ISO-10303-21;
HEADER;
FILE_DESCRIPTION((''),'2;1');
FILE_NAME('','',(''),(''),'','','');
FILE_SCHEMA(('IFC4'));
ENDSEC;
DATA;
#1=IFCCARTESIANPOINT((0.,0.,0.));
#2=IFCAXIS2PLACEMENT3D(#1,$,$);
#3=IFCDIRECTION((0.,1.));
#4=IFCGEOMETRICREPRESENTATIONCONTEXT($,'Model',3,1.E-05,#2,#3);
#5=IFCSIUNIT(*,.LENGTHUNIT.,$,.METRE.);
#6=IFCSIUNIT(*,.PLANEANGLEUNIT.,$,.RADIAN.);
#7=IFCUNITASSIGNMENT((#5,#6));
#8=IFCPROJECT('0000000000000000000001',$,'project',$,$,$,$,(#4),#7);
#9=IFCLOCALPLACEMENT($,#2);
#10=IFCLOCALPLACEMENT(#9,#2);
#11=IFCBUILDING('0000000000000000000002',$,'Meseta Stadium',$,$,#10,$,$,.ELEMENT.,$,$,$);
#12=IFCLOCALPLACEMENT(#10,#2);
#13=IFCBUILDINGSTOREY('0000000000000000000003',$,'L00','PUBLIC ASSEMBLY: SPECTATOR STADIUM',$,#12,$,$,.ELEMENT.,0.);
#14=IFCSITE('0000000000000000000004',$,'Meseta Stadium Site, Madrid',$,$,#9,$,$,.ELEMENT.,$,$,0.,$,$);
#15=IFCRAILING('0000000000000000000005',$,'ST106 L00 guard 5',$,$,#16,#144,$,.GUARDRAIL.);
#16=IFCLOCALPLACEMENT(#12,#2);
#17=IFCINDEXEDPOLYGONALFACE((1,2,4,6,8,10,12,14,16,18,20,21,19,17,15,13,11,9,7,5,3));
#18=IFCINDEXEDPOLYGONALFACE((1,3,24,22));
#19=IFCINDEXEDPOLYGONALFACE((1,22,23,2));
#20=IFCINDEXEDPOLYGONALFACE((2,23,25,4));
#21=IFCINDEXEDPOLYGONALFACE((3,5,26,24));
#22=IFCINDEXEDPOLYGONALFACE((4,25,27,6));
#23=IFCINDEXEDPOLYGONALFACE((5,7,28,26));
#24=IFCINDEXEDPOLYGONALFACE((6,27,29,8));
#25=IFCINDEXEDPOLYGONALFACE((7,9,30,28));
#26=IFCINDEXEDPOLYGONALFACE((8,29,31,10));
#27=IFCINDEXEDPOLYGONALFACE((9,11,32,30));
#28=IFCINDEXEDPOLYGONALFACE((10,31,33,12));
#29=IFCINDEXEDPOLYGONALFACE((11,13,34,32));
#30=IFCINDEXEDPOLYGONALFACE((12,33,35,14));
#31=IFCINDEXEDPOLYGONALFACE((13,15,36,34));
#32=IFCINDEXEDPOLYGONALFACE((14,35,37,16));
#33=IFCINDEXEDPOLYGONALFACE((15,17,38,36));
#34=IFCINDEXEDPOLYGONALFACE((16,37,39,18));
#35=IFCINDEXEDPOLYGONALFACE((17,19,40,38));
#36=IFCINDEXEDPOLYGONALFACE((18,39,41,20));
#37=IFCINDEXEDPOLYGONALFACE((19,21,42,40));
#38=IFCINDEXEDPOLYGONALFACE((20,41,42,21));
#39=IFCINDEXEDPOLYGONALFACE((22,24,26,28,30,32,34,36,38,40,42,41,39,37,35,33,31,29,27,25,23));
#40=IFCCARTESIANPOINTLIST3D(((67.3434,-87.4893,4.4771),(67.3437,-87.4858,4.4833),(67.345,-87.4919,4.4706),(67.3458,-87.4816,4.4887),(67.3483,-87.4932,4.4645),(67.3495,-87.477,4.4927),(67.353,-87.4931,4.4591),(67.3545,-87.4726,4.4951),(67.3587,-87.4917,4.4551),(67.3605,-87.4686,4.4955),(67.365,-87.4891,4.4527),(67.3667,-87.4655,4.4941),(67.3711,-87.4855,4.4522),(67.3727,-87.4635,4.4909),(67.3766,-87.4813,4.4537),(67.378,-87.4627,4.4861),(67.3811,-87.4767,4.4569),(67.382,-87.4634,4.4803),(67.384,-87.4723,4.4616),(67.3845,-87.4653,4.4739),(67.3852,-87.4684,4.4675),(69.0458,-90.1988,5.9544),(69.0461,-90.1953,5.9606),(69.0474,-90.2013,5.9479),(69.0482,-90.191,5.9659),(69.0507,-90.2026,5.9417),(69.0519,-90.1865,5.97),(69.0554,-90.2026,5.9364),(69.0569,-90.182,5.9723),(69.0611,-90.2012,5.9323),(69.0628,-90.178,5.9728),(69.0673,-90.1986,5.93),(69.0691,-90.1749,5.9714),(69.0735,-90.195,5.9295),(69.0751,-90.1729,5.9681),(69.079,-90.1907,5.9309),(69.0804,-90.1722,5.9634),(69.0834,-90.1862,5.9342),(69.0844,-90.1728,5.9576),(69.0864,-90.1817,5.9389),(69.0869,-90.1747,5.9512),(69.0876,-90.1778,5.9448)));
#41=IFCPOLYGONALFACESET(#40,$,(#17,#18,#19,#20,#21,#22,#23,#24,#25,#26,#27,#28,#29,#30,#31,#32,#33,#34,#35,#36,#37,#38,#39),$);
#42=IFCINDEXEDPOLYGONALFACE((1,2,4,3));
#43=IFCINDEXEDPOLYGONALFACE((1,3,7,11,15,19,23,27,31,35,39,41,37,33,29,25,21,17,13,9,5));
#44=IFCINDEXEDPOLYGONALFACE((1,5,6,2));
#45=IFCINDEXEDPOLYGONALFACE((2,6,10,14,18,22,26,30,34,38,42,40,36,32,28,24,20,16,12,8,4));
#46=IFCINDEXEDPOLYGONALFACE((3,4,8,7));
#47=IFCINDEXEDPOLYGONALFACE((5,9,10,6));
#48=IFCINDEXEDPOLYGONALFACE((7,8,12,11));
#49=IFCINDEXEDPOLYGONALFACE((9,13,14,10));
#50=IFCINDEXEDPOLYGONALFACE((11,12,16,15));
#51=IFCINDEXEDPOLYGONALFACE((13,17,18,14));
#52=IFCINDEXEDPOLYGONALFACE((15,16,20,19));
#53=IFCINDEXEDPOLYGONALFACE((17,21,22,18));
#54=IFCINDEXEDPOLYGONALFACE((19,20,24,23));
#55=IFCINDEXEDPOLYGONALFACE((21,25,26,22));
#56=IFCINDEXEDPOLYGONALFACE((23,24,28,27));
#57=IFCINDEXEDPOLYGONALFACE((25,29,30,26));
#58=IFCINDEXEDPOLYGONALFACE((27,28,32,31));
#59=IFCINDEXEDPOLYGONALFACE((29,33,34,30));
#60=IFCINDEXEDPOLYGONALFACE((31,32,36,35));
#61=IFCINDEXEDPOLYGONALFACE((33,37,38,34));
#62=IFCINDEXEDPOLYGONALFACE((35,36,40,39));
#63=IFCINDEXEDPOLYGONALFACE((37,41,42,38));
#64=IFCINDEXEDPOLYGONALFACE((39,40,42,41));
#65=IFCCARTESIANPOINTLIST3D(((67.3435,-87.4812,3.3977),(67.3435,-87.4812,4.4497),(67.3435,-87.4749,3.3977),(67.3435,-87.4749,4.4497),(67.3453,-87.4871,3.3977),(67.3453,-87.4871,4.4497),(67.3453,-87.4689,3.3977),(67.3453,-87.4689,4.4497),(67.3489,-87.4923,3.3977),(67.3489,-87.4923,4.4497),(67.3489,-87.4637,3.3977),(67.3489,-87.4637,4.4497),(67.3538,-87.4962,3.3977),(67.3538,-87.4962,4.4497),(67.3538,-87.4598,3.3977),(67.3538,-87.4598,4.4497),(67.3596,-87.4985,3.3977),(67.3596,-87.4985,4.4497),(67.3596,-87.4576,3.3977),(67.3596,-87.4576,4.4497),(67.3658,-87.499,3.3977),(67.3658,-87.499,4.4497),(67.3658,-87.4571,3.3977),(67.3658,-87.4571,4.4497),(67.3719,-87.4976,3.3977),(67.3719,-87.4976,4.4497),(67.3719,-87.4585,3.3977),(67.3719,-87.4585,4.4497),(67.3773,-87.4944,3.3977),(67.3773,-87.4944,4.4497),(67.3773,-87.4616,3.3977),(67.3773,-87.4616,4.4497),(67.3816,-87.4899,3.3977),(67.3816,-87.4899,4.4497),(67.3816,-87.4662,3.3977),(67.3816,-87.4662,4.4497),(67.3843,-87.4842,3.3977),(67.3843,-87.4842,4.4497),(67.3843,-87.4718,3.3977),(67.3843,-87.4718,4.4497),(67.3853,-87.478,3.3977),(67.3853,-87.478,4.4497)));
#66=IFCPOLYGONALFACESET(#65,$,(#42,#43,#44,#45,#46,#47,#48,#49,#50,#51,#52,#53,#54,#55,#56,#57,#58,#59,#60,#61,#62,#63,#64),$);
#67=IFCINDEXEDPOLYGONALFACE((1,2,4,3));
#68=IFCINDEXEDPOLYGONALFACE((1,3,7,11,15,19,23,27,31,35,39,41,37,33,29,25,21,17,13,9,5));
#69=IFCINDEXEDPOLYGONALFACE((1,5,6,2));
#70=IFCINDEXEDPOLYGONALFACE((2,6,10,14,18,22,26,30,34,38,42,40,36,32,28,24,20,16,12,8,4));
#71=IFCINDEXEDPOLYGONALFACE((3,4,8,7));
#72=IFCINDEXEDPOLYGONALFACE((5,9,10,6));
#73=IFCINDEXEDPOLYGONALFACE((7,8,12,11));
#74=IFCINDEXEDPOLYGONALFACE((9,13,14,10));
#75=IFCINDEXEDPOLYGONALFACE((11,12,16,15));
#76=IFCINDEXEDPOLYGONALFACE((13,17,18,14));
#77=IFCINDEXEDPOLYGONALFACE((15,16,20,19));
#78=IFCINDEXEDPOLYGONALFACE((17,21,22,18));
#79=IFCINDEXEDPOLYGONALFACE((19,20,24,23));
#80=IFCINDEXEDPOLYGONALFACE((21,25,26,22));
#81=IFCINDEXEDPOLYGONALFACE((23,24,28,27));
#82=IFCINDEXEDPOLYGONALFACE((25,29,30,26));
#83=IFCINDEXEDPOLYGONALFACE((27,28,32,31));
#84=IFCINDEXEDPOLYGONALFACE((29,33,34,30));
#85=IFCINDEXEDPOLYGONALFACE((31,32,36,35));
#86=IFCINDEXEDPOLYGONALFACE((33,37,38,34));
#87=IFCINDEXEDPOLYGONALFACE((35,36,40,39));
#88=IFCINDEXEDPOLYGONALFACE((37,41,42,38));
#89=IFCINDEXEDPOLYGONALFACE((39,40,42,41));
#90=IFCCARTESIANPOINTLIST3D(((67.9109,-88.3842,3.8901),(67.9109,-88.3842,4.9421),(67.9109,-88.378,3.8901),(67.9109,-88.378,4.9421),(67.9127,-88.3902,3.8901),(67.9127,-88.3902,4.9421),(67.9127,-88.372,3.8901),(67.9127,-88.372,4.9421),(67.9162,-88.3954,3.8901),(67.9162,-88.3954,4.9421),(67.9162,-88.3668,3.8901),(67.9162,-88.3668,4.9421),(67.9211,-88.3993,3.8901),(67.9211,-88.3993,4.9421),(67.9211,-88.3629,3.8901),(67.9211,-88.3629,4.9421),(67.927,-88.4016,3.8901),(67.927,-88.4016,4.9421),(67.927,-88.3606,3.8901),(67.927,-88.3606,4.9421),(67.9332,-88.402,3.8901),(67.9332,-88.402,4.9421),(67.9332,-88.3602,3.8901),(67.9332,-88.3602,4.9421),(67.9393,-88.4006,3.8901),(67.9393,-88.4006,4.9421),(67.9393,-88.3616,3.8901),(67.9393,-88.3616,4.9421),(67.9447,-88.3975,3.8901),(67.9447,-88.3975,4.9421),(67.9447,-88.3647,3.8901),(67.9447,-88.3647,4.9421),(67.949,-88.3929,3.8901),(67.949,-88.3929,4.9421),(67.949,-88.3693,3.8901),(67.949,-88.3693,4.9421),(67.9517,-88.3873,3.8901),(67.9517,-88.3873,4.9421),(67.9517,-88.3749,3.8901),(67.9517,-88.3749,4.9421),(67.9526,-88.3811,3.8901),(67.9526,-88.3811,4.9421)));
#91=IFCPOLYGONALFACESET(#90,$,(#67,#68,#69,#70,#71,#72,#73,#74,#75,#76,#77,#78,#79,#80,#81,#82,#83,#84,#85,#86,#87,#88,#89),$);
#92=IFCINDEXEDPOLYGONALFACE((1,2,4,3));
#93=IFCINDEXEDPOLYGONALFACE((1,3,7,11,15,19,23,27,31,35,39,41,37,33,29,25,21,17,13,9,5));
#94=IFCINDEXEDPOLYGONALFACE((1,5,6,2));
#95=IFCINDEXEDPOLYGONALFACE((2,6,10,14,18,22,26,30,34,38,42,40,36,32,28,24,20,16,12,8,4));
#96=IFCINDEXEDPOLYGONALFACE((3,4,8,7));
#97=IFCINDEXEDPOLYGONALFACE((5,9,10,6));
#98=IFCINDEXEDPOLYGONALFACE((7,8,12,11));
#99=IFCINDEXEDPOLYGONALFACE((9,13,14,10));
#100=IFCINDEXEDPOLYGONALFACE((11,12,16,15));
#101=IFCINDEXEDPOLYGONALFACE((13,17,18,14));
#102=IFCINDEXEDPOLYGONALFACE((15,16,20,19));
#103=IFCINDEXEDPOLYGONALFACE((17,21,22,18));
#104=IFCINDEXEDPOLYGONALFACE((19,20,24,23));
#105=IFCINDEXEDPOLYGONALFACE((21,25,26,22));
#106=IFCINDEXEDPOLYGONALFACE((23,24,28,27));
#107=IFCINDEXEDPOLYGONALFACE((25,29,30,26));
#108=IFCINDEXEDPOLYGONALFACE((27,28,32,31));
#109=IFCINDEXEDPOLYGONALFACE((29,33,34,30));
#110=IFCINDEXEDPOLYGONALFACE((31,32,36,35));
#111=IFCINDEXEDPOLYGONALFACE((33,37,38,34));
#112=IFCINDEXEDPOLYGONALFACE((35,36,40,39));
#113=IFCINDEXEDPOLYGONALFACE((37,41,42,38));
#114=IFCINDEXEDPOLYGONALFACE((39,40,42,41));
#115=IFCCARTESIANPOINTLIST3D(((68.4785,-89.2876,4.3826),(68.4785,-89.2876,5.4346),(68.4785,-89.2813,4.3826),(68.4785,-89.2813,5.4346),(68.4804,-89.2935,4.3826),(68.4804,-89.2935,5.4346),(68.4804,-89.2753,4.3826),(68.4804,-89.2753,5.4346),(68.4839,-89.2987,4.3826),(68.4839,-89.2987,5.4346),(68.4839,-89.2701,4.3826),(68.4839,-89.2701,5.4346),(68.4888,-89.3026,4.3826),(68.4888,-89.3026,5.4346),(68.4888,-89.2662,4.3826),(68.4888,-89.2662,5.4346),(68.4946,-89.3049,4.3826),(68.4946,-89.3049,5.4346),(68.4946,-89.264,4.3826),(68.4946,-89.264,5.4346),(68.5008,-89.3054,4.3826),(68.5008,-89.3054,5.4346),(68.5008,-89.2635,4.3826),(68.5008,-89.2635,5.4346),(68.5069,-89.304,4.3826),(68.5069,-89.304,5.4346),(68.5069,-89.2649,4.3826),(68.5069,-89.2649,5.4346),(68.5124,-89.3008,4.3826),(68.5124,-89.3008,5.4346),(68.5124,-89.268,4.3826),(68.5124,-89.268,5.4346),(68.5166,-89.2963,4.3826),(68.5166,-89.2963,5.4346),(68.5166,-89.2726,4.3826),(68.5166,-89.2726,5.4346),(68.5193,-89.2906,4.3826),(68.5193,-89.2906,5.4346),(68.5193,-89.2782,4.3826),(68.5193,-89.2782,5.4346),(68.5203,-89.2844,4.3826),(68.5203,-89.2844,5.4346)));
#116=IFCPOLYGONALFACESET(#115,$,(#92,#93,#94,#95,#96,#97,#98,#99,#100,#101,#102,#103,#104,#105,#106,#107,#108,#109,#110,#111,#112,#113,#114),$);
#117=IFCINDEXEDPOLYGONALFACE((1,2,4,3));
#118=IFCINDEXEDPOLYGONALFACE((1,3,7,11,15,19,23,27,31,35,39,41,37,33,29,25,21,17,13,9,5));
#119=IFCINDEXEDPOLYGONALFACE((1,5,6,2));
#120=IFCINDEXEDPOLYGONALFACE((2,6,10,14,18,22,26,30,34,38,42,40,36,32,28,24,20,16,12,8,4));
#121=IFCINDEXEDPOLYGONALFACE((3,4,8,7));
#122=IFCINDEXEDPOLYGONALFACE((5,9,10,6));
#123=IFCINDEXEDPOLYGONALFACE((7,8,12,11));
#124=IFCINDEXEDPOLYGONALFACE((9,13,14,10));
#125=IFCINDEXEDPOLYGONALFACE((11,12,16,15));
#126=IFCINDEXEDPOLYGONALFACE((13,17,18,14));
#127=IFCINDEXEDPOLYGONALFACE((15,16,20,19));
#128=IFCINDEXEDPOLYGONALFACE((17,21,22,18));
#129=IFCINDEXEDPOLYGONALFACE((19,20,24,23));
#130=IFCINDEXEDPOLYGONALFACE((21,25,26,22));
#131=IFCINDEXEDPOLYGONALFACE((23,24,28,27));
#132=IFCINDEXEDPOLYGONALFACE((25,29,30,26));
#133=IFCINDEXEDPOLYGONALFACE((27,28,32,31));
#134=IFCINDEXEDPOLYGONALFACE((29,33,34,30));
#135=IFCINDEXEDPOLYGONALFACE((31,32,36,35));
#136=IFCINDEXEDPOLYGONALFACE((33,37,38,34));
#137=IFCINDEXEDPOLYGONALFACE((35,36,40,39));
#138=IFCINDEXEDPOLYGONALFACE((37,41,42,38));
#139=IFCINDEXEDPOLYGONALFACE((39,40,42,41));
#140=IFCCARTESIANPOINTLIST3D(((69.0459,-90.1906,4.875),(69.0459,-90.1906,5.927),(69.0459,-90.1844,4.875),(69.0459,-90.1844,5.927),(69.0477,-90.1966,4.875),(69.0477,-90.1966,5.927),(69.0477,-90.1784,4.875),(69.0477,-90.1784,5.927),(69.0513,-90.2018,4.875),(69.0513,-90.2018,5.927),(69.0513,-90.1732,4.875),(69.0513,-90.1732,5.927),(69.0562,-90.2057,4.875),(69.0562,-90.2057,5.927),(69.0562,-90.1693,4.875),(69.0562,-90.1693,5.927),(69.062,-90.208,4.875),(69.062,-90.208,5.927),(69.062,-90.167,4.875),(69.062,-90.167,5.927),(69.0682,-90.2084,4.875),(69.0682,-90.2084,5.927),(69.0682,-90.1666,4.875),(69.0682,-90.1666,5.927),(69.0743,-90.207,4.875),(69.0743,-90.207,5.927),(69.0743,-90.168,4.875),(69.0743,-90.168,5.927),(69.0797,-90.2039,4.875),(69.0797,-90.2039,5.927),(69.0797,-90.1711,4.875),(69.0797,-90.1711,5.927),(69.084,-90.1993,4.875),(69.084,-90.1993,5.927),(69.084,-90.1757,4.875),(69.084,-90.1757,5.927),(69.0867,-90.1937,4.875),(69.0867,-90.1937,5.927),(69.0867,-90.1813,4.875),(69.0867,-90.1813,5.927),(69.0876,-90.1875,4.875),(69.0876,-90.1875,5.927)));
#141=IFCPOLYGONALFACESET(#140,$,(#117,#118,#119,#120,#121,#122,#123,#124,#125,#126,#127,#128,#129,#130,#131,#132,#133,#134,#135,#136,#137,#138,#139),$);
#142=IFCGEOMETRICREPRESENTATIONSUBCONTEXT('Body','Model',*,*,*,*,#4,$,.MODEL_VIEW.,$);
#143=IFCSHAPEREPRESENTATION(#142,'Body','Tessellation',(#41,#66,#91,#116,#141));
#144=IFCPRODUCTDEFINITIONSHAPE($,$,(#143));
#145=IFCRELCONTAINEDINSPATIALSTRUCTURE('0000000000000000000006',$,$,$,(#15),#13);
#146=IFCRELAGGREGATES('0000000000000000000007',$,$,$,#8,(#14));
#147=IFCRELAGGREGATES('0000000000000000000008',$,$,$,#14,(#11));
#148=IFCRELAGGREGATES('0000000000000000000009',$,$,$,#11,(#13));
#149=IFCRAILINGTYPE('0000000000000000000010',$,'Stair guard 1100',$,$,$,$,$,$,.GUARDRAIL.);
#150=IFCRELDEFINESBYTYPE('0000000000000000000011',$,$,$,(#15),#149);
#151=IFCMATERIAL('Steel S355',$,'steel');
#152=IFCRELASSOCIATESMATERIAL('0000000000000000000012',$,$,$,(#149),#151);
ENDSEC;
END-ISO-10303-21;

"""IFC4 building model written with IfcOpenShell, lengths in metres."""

from ifc_helpers import new_model, si_unit, direction, frame, origin, origin_2d, place, context, subcontext, project, spatial, circle, extrude, material, type_object, element, save


model = new_model("IFC4")

# Units and contexts
model_context = context("Model", 3, precision=1e-05, world=origin(), true_north=direction((0.0, 1.0)))
body_context = subcontext(model_context, "Body", "Model", "MODEL_VIEW")
ifc_project = project(units=[si_unit("LENGTHUNIT", "METRE"), si_unit("PLANEANGLEUNIT", "RADIAN")], contexts=[model_context])

# Site, building, storey
site_placement = place(None, origin())
site = spatial("IfcSite", under=ifc_project, at=site_placement, Name="Meseta Stadium Site, Madrid", CompositionType="ELEMENT", RefElevation=0.0)
building_placement = place(site_placement, origin())
building = spatial("IfcBuilding", under=site, at=building_placement, Name="Meseta Stadium", CompositionType="ELEMENT")
storey_placement = place(building_placement, origin())
storey = spatial("IfcBuildingStorey", under=building, at=storey_placement, Name="L00", Description="PUBLIC ASSEMBLY: SPECTATOR STADIUM", CompositionType="ELEMENT", Elevation=0.0)

# Railing
ifc_material_1 = material(Name="Steel S355", Category="steel")
railing_type_1 = type_object("IfcRailingType", Name="Stair guard 1100", PredefinedType="GUARDRAIL", material=ifc_material_1)
railing_1_placement = place(storey_placement, frame((67.3643, -87.478, 3.3977)))
element("IfcRailing", 1, at=railing_1_placement, inside=storey, type_object=railing_type_1, Name="ST106 L00 guard 5", PredefinedType="GUARDRAIL", context=body_context, shape_type="SweptSolid", body=[
    extrude(circle(Radius=0.0239, at=origin_2d()), frame((0.0, 0.0, 1.0762), z_axis=(0.483023, -0.768764, 0.419156), x_axis=(0.846736, 0.532014, 0.0)), (0.0, 0.0, 1.0), 3.5244),
    extrude(circle(Radius=0.021, at=origin_2d()), origin(), (0.0, 0.0, 1.0), 1.052),
    extrude(circle(Radius=0.021, at=origin_2d()), frame((0.5674, -0.9031, 0.4924)), (0.0, 0.0, 1.0), 1.052),
    extrude(circle(Radius=0.021, at=origin_2d()), frame((1.135, -1.8064, 0.9849)), (0.0, 0.0, 1.0), 1.052),
    extrude(circle(Radius=0.021, at=origin_2d()), frame((1.7024, -2.7095, 1.4773)), (0.0, 0.0, 1.0), 1.052),
])

save(model, "model.ifc")
